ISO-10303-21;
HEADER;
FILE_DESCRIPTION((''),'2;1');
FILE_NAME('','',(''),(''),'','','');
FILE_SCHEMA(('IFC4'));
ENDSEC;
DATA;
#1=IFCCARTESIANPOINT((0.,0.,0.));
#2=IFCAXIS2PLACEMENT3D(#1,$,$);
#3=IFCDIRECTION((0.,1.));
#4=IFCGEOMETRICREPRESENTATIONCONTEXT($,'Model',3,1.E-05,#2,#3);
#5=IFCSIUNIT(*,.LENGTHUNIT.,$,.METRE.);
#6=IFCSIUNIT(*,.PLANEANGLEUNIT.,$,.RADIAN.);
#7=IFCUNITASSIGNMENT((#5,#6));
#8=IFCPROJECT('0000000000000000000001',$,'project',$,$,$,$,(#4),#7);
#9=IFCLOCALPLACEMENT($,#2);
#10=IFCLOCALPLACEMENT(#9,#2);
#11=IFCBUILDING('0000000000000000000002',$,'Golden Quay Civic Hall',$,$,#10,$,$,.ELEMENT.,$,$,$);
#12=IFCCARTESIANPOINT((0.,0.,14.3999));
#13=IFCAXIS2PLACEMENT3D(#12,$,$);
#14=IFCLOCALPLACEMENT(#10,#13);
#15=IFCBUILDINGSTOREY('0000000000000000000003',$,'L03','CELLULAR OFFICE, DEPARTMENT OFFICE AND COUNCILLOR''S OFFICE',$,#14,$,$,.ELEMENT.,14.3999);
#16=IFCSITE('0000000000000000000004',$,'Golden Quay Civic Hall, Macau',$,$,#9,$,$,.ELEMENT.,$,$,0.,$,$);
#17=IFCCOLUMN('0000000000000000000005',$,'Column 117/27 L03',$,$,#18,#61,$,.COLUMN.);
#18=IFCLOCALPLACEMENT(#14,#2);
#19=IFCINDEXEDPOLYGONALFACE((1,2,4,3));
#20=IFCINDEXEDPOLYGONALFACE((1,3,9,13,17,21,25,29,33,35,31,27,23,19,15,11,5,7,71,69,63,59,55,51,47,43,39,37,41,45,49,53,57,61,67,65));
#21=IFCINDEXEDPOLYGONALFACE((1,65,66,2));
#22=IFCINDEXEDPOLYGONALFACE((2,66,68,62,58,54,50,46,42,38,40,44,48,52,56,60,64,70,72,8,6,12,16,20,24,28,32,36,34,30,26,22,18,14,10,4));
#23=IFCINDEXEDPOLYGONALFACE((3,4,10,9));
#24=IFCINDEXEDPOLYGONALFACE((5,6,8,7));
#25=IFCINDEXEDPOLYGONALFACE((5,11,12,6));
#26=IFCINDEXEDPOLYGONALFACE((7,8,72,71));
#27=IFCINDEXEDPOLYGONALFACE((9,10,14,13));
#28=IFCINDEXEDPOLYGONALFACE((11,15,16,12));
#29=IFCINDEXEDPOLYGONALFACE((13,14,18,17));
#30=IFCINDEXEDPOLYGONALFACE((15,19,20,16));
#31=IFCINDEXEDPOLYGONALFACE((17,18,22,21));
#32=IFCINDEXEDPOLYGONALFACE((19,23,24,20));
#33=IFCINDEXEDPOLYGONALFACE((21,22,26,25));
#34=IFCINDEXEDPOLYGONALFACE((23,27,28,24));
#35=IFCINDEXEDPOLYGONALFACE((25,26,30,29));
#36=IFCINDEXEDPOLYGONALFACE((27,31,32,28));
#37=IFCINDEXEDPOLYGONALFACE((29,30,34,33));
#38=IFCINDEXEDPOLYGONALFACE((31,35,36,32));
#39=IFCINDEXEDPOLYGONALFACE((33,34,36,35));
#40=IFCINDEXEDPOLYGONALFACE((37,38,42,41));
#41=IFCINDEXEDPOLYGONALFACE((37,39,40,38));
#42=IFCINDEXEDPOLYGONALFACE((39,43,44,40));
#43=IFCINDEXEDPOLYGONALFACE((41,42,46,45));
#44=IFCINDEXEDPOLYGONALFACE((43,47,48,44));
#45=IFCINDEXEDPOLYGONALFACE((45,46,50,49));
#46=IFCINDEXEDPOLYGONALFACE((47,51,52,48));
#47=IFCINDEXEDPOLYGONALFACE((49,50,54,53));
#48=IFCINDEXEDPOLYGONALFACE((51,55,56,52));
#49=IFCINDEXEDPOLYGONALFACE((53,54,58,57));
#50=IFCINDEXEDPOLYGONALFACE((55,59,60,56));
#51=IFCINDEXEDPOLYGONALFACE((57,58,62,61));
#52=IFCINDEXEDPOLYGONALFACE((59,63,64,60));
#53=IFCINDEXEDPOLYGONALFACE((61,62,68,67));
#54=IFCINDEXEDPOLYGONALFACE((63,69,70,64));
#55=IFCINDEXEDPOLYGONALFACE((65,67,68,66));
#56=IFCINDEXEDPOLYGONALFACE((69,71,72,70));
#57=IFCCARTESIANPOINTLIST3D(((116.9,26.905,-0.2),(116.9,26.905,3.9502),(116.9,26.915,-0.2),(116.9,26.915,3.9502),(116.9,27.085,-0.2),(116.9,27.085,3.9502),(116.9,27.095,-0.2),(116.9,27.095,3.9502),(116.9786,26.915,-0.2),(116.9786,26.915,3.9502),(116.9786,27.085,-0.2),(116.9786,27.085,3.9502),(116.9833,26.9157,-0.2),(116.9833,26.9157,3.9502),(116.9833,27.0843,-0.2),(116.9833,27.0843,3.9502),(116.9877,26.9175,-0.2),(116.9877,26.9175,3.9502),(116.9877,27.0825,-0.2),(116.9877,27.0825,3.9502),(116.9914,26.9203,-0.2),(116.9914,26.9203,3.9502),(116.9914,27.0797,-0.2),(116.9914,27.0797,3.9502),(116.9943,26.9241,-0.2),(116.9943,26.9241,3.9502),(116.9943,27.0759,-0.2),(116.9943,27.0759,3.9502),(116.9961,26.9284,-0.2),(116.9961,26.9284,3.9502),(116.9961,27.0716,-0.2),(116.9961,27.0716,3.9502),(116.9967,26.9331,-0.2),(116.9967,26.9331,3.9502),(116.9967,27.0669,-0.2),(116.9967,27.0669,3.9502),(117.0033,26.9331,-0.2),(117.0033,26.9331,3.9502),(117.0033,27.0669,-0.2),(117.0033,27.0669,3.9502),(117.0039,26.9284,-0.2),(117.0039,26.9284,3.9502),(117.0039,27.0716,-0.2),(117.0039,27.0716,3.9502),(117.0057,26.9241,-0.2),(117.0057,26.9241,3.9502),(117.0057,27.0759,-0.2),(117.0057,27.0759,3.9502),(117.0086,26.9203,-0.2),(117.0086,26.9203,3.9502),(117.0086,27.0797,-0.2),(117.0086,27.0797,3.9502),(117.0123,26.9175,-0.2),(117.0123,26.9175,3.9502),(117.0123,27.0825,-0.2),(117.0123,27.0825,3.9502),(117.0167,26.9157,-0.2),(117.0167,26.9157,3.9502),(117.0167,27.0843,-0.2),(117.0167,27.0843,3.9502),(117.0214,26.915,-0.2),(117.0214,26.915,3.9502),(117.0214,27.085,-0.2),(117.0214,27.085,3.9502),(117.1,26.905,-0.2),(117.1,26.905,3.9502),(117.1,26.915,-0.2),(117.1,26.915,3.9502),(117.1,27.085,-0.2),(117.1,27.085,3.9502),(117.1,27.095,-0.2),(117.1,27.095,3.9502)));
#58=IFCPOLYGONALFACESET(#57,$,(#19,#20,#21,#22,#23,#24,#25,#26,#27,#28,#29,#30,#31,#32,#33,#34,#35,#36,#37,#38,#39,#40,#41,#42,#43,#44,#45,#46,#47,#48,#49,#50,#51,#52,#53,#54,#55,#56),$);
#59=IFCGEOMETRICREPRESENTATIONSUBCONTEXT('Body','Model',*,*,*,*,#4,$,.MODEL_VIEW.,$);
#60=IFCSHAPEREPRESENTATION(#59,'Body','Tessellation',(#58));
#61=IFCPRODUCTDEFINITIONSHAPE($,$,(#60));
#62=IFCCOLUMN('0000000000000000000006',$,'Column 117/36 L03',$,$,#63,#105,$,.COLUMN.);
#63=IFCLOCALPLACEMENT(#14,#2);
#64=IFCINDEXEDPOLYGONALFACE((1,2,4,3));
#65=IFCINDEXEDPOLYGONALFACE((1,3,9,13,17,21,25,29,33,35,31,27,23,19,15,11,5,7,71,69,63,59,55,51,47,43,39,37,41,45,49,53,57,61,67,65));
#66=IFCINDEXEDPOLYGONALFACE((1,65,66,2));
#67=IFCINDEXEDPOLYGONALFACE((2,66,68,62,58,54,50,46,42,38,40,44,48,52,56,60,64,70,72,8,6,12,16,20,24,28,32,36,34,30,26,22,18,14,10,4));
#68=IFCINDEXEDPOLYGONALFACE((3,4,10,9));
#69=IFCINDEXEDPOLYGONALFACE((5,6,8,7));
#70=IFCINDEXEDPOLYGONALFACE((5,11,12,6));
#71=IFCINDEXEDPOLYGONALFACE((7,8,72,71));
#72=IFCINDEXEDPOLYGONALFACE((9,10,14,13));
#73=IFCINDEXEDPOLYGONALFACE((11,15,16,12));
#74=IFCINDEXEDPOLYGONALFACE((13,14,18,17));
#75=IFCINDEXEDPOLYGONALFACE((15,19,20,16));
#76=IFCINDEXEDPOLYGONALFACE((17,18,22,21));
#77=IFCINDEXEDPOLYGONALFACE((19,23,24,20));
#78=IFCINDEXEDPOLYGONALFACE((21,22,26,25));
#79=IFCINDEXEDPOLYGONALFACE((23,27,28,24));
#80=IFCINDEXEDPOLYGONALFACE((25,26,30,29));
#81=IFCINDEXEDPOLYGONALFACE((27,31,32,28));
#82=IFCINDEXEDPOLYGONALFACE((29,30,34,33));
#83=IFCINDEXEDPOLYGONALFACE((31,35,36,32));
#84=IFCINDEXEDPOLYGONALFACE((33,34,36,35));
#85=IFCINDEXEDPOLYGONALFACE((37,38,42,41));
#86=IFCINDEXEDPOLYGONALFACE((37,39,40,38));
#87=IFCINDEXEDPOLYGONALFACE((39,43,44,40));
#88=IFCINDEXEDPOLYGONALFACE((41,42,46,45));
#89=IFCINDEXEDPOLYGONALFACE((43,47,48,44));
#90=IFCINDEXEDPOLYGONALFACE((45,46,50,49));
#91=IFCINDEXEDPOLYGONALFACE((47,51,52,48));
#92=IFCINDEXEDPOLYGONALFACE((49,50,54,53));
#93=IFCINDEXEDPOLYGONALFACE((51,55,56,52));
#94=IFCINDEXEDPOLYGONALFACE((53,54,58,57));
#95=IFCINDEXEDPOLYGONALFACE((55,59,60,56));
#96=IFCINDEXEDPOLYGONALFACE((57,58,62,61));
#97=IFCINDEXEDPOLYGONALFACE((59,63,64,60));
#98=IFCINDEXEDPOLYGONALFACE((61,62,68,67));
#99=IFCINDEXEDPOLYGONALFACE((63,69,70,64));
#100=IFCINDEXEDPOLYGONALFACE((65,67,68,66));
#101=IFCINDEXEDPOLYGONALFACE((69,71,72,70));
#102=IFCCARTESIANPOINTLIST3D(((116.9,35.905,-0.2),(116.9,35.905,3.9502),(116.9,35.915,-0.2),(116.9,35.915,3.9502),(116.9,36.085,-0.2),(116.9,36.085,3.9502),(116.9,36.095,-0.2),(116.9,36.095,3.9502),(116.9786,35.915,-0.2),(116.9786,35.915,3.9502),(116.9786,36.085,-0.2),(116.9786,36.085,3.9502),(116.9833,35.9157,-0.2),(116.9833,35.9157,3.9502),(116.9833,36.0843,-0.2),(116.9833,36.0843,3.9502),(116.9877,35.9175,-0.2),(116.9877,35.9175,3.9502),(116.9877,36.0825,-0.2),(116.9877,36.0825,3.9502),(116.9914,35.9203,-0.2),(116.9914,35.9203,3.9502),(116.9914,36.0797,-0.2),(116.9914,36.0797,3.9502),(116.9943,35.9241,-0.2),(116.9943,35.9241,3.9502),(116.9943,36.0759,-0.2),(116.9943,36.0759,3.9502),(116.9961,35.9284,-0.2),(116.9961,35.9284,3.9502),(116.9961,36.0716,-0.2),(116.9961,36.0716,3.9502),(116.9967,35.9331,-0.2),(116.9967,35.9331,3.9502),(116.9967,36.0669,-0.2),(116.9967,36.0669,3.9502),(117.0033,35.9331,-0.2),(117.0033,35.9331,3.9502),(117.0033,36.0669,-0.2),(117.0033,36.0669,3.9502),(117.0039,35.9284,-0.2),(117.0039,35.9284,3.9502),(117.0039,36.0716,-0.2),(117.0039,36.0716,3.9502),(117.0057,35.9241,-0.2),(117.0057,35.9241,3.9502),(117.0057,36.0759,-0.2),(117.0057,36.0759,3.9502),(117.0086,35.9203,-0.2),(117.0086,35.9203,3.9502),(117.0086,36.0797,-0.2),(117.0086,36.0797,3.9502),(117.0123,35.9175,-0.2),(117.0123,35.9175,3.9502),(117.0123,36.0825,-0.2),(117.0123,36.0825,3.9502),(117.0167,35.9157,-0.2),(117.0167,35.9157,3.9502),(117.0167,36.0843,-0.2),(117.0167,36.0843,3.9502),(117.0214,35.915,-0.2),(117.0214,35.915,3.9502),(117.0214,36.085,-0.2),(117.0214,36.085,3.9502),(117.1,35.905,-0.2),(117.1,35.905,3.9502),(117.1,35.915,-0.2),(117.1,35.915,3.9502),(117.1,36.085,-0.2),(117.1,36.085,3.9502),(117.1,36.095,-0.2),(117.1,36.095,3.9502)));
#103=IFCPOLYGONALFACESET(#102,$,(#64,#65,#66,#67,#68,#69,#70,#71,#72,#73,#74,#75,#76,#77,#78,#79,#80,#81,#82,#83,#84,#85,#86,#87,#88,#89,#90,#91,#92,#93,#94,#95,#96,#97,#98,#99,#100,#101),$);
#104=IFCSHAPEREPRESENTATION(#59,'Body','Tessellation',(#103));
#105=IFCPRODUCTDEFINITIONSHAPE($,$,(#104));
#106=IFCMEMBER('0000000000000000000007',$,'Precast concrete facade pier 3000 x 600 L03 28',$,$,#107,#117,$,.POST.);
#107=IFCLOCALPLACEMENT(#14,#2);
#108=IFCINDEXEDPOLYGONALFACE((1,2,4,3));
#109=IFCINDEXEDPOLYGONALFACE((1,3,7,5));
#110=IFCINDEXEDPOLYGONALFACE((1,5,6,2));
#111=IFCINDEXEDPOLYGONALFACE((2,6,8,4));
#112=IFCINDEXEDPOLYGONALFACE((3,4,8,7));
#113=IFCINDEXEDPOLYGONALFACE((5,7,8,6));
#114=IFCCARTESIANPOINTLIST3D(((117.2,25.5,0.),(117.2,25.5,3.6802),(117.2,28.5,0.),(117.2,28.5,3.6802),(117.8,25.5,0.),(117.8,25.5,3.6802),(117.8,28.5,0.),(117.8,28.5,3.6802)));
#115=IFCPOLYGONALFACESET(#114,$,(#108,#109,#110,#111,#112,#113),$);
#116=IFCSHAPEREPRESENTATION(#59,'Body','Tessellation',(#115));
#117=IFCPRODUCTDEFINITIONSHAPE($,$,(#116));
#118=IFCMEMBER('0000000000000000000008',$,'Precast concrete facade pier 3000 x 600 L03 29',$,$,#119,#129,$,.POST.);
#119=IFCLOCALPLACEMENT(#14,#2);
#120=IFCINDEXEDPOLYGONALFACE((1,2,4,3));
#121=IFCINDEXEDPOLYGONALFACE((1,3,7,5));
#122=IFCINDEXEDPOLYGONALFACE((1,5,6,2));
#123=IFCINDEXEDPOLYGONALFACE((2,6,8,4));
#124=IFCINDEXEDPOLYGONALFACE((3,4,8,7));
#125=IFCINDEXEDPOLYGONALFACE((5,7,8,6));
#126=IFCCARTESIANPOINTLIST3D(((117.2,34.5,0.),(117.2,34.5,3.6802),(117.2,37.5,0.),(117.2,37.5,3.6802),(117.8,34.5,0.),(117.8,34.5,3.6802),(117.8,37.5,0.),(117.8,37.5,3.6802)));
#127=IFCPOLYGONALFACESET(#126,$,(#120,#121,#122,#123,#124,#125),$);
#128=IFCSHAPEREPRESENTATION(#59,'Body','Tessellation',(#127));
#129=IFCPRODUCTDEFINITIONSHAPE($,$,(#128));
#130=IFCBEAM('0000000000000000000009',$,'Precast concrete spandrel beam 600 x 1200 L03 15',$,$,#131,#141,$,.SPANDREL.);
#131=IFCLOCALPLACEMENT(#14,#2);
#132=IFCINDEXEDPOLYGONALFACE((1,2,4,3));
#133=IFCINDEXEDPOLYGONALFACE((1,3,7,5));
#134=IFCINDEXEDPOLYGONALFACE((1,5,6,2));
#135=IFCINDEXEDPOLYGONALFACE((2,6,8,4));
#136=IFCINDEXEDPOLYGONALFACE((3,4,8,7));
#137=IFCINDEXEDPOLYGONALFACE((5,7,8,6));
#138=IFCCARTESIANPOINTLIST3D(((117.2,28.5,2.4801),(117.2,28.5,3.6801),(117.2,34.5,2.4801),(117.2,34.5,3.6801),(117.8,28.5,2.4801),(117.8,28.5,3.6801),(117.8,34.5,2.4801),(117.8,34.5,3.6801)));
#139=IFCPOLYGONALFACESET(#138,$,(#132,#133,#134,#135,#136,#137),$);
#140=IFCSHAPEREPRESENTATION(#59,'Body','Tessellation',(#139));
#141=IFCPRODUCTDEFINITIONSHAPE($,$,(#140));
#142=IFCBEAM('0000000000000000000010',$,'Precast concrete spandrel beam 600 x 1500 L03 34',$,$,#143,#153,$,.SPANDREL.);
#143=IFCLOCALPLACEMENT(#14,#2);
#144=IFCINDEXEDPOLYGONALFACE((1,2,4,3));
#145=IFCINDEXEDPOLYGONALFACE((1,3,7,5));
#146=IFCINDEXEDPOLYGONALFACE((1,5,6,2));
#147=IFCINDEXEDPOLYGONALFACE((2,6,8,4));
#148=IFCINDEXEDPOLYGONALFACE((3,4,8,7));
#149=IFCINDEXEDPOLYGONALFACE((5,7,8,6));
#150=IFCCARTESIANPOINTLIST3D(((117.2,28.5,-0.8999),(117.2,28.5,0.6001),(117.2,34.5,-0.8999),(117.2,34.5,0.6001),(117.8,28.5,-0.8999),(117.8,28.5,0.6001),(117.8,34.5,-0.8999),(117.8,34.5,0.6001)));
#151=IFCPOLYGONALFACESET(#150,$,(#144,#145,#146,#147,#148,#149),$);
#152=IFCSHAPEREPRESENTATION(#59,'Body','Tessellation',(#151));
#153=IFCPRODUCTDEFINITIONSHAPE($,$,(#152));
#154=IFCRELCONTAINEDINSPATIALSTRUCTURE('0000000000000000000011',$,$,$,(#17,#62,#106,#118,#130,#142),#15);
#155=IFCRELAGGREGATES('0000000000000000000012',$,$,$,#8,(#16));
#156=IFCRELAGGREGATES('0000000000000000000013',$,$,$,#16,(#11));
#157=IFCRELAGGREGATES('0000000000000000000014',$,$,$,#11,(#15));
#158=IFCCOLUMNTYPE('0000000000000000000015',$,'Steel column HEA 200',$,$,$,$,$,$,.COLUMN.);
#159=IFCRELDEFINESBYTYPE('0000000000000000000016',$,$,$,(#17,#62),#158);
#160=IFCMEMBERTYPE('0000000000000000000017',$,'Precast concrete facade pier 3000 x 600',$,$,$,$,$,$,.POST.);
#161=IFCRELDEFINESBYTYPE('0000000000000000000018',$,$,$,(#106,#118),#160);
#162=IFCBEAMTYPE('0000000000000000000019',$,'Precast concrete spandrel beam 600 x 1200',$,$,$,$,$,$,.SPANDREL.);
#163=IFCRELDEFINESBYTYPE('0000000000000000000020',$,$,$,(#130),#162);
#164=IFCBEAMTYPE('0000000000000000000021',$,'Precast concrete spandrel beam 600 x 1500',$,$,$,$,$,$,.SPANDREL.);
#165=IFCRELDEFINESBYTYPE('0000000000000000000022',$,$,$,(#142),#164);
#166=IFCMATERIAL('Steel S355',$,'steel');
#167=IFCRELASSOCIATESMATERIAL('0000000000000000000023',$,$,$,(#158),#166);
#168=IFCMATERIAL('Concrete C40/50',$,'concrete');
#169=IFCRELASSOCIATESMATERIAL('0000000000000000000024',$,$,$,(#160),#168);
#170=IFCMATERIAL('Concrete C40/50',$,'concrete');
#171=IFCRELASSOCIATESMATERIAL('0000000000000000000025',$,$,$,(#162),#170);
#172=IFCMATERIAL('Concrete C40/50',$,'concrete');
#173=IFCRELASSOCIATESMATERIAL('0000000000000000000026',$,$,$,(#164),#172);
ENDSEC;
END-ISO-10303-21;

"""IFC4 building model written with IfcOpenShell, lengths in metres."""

from ifc_helpers import new_model, si_unit, direction, frame, origin, origin_2d, place, context, subcontext, project, spatial, rectangle, i_section, extrude, material, material_profile, profile_set, type_object, element, save


model = new_model("IFC4")

# Units and contexts
model_context = context("Model", 3, precision=1e-05, world=origin(), true_north=direction((0.0, 1.0)))
body_context = subcontext(model_context, "Body", "Model", "MODEL_VIEW")
ifc_project = project(units=[si_unit("LENGTHUNIT", "METRE"), si_unit("PLANEANGLEUNIT", "RADIAN")], contexts=[model_context])

# Site, building, storey
site_placement = place(None, origin())
site = spatial("IfcSite", under=ifc_project, at=site_placement, Name="Golden Quay Civic Hall, Macau", CompositionType="ELEMENT", RefElevation=0.0)
building_placement = place(site_placement, origin())
building = spatial("IfcBuilding", under=site, at=building_placement, Name="Golden Quay Civic Hall", CompositionType="ELEMENT")
storey_placement = place(building_placement, frame((0.0, 0.0, 14.3999)))
storey = spatial("IfcBuildingStorey", under=building, at=storey_placement, Name="L03", Description="CELLULAR OFFICE, DEPARTMENT OFFICE AND COUNCILLOR'S OFFICE", CompositionType="ELEMENT", Elevation=14.3999)

# Columns
ifc_material_1 = material(Name="Steel S355", Category="steel")
ifc_material_profile_1 = material_profile(ifc_material_1, i_section(OverallWidth=0.2, OverallDepth=0.1899, WebThickness=0.0066, FlangeThickness=0.01, FilletRadius=0.0181, at=origin_2d()), Name="HEA 200")
ifc_profile_set_1 = profile_set([ifc_material_profile_1], Name="Steel S355")
column_type = type_object("IfcColumnType", Name="Steel column HEA 200", PredefinedType="COLUMN", material=ifc_profile_set_1)
for number, where, z_axis, x_axis, name in (
    (1, (117.0, 27.0, -0.2), (0.0, 0.0, 1.0), (1.0, 0.0, 0.0), "Column 117/27 L03"),
    (2, (117.0, 36.0, -0.2), (0.0, 0.0, 1.0), (1.0, 0.0, 0.0), "Column 117/36 L03"),
):
    element("IfcColumn", number, at=place(storey_placement, frame(where, z_axis=z_axis, x_axis=x_axis)), inside=storey, type_object=column_type, Name=name, PredefinedType="COLUMN", context=body_context, shape_type="SweptSolid", body=[
        extrude(i_section(OverallWidth=0.2, OverallDepth=0.1899, WebThickness=0.0066, FlangeThickness=0.01, FilletRadius=0.0181, at=origin_2d()), origin(), (0.0, 0.0, 1.0), 4.1501),
    ])

# Members
ifc_material_2 = material(Name="Concrete C40/50", Category="concrete")
ifc_material_profile_2 = material_profile(ifc_material_2, rectangle(XDim=3.0, YDim=0.6001, at=origin_2d()), Name="RC 3000x600")
ifc_profile_set_2 = profile_set([ifc_material_profile_2], Name="Concrete C40/50")
member_type = type_object("IfcMemberType", Name="Precast concrete facade pier 3000 x 600", PredefinedType="POST", material=ifc_profile_set_2)
for number, where, z_axis, x_axis, name in (
    (3, (117.5, 27.0, 0.0), (0.0, 0.0, 1.0), (0.0, 1.0, 0.0), "Precast concrete facade pier 3000 x 600 L03 28"),
    (4, (117.5, 36.0, 0.0), (0.0, 0.0, 1.0), (0.0, 1.0, 0.0), "Precast concrete facade pier 3000 x 600 L03 29"),
):
    element("IfcMember", number, at=place(storey_placement, frame(where, z_axis=z_axis, x_axis=x_axis)), inside=storey, type_object=member_type, Name=name, PredefinedType="POST", context=body_context, shape_type="SweptSolid", body=[
        extrude(rectangle(XDim=3.0, YDim=0.6001, at=origin_2d()), origin(), (0.0, 0.0, 1.0), 3.6802),
    ])

# Beams
ifc_material_3 = material(Name="Concrete C40/50", Category="concrete")
ifc_material_profile_3 = material_profile(ifc_material_3, rectangle(XDim=0.6001, YDim=1.2, at=origin_2d()), Name="RC 600x1200")
ifc_profile_set_3 = profile_set([ifc_material_profile_3], Name="Concrete C40/50")
beam_type_1 = type_object("IfcBeamType", Name="Precast concrete spandrel beam 600 x 1200", PredefinedType="SPANDREL", material=ifc_profile_set_3)
beam_1_placement = place(storey_placement, frame((117.5, 28.5, 3.0801), z_axis=(0.0, 1.0, 0.0), x_axis=(-1.0, 0.0, 0.0)))
element("IfcBeam", 5, at=beam_1_placement, inside=storey, type_object=beam_type_1, Name="Precast concrete spandrel beam 600 x 1200 L03 15", PredefinedType="SPANDREL", context=body_context, shape_type="SweptSolid", body=[
    extrude(rectangle(XDim=0.6001, YDim=1.2, at=origin_2d()), origin(), (0.0, 0.0, 1.0), 6.0),
])
ifc_material_4 = material(Name="Concrete C40/50", Category="concrete")
ifc_material_profile_4 = material_profile(ifc_material_4, rectangle(XDim=0.6001, YDim=1.5, at=origin_2d()), Name="RC 600x1500")
ifc_profile_set_4 = profile_set([ifc_material_profile_4], Name="Concrete C40/50")
beam_type_2 = type_object("IfcBeamType", Name="Precast concrete spandrel beam 600 x 1500", PredefinedType="SPANDREL", material=ifc_profile_set_4)
beam_2_placement = place(storey_placement, frame((117.5, 28.5, -0.1499), z_axis=(0.0, 1.0, 0.0), x_axis=(-1.0, 0.0, 0.0)))
element("IfcBeam", 6, at=beam_2_placement, inside=storey, type_object=beam_type_2, Name="Precast concrete spandrel beam 600 x 1500 L03 34", PredefinedType="SPANDREL", context=body_context, shape_type="SweptSolid", body=[
    extrude(rectangle(XDim=0.6001, YDim=1.5, at=origin_2d()), origin(), (0.0, 0.0, 1.0), 6.0),
])

save(model, "model.ifc")
